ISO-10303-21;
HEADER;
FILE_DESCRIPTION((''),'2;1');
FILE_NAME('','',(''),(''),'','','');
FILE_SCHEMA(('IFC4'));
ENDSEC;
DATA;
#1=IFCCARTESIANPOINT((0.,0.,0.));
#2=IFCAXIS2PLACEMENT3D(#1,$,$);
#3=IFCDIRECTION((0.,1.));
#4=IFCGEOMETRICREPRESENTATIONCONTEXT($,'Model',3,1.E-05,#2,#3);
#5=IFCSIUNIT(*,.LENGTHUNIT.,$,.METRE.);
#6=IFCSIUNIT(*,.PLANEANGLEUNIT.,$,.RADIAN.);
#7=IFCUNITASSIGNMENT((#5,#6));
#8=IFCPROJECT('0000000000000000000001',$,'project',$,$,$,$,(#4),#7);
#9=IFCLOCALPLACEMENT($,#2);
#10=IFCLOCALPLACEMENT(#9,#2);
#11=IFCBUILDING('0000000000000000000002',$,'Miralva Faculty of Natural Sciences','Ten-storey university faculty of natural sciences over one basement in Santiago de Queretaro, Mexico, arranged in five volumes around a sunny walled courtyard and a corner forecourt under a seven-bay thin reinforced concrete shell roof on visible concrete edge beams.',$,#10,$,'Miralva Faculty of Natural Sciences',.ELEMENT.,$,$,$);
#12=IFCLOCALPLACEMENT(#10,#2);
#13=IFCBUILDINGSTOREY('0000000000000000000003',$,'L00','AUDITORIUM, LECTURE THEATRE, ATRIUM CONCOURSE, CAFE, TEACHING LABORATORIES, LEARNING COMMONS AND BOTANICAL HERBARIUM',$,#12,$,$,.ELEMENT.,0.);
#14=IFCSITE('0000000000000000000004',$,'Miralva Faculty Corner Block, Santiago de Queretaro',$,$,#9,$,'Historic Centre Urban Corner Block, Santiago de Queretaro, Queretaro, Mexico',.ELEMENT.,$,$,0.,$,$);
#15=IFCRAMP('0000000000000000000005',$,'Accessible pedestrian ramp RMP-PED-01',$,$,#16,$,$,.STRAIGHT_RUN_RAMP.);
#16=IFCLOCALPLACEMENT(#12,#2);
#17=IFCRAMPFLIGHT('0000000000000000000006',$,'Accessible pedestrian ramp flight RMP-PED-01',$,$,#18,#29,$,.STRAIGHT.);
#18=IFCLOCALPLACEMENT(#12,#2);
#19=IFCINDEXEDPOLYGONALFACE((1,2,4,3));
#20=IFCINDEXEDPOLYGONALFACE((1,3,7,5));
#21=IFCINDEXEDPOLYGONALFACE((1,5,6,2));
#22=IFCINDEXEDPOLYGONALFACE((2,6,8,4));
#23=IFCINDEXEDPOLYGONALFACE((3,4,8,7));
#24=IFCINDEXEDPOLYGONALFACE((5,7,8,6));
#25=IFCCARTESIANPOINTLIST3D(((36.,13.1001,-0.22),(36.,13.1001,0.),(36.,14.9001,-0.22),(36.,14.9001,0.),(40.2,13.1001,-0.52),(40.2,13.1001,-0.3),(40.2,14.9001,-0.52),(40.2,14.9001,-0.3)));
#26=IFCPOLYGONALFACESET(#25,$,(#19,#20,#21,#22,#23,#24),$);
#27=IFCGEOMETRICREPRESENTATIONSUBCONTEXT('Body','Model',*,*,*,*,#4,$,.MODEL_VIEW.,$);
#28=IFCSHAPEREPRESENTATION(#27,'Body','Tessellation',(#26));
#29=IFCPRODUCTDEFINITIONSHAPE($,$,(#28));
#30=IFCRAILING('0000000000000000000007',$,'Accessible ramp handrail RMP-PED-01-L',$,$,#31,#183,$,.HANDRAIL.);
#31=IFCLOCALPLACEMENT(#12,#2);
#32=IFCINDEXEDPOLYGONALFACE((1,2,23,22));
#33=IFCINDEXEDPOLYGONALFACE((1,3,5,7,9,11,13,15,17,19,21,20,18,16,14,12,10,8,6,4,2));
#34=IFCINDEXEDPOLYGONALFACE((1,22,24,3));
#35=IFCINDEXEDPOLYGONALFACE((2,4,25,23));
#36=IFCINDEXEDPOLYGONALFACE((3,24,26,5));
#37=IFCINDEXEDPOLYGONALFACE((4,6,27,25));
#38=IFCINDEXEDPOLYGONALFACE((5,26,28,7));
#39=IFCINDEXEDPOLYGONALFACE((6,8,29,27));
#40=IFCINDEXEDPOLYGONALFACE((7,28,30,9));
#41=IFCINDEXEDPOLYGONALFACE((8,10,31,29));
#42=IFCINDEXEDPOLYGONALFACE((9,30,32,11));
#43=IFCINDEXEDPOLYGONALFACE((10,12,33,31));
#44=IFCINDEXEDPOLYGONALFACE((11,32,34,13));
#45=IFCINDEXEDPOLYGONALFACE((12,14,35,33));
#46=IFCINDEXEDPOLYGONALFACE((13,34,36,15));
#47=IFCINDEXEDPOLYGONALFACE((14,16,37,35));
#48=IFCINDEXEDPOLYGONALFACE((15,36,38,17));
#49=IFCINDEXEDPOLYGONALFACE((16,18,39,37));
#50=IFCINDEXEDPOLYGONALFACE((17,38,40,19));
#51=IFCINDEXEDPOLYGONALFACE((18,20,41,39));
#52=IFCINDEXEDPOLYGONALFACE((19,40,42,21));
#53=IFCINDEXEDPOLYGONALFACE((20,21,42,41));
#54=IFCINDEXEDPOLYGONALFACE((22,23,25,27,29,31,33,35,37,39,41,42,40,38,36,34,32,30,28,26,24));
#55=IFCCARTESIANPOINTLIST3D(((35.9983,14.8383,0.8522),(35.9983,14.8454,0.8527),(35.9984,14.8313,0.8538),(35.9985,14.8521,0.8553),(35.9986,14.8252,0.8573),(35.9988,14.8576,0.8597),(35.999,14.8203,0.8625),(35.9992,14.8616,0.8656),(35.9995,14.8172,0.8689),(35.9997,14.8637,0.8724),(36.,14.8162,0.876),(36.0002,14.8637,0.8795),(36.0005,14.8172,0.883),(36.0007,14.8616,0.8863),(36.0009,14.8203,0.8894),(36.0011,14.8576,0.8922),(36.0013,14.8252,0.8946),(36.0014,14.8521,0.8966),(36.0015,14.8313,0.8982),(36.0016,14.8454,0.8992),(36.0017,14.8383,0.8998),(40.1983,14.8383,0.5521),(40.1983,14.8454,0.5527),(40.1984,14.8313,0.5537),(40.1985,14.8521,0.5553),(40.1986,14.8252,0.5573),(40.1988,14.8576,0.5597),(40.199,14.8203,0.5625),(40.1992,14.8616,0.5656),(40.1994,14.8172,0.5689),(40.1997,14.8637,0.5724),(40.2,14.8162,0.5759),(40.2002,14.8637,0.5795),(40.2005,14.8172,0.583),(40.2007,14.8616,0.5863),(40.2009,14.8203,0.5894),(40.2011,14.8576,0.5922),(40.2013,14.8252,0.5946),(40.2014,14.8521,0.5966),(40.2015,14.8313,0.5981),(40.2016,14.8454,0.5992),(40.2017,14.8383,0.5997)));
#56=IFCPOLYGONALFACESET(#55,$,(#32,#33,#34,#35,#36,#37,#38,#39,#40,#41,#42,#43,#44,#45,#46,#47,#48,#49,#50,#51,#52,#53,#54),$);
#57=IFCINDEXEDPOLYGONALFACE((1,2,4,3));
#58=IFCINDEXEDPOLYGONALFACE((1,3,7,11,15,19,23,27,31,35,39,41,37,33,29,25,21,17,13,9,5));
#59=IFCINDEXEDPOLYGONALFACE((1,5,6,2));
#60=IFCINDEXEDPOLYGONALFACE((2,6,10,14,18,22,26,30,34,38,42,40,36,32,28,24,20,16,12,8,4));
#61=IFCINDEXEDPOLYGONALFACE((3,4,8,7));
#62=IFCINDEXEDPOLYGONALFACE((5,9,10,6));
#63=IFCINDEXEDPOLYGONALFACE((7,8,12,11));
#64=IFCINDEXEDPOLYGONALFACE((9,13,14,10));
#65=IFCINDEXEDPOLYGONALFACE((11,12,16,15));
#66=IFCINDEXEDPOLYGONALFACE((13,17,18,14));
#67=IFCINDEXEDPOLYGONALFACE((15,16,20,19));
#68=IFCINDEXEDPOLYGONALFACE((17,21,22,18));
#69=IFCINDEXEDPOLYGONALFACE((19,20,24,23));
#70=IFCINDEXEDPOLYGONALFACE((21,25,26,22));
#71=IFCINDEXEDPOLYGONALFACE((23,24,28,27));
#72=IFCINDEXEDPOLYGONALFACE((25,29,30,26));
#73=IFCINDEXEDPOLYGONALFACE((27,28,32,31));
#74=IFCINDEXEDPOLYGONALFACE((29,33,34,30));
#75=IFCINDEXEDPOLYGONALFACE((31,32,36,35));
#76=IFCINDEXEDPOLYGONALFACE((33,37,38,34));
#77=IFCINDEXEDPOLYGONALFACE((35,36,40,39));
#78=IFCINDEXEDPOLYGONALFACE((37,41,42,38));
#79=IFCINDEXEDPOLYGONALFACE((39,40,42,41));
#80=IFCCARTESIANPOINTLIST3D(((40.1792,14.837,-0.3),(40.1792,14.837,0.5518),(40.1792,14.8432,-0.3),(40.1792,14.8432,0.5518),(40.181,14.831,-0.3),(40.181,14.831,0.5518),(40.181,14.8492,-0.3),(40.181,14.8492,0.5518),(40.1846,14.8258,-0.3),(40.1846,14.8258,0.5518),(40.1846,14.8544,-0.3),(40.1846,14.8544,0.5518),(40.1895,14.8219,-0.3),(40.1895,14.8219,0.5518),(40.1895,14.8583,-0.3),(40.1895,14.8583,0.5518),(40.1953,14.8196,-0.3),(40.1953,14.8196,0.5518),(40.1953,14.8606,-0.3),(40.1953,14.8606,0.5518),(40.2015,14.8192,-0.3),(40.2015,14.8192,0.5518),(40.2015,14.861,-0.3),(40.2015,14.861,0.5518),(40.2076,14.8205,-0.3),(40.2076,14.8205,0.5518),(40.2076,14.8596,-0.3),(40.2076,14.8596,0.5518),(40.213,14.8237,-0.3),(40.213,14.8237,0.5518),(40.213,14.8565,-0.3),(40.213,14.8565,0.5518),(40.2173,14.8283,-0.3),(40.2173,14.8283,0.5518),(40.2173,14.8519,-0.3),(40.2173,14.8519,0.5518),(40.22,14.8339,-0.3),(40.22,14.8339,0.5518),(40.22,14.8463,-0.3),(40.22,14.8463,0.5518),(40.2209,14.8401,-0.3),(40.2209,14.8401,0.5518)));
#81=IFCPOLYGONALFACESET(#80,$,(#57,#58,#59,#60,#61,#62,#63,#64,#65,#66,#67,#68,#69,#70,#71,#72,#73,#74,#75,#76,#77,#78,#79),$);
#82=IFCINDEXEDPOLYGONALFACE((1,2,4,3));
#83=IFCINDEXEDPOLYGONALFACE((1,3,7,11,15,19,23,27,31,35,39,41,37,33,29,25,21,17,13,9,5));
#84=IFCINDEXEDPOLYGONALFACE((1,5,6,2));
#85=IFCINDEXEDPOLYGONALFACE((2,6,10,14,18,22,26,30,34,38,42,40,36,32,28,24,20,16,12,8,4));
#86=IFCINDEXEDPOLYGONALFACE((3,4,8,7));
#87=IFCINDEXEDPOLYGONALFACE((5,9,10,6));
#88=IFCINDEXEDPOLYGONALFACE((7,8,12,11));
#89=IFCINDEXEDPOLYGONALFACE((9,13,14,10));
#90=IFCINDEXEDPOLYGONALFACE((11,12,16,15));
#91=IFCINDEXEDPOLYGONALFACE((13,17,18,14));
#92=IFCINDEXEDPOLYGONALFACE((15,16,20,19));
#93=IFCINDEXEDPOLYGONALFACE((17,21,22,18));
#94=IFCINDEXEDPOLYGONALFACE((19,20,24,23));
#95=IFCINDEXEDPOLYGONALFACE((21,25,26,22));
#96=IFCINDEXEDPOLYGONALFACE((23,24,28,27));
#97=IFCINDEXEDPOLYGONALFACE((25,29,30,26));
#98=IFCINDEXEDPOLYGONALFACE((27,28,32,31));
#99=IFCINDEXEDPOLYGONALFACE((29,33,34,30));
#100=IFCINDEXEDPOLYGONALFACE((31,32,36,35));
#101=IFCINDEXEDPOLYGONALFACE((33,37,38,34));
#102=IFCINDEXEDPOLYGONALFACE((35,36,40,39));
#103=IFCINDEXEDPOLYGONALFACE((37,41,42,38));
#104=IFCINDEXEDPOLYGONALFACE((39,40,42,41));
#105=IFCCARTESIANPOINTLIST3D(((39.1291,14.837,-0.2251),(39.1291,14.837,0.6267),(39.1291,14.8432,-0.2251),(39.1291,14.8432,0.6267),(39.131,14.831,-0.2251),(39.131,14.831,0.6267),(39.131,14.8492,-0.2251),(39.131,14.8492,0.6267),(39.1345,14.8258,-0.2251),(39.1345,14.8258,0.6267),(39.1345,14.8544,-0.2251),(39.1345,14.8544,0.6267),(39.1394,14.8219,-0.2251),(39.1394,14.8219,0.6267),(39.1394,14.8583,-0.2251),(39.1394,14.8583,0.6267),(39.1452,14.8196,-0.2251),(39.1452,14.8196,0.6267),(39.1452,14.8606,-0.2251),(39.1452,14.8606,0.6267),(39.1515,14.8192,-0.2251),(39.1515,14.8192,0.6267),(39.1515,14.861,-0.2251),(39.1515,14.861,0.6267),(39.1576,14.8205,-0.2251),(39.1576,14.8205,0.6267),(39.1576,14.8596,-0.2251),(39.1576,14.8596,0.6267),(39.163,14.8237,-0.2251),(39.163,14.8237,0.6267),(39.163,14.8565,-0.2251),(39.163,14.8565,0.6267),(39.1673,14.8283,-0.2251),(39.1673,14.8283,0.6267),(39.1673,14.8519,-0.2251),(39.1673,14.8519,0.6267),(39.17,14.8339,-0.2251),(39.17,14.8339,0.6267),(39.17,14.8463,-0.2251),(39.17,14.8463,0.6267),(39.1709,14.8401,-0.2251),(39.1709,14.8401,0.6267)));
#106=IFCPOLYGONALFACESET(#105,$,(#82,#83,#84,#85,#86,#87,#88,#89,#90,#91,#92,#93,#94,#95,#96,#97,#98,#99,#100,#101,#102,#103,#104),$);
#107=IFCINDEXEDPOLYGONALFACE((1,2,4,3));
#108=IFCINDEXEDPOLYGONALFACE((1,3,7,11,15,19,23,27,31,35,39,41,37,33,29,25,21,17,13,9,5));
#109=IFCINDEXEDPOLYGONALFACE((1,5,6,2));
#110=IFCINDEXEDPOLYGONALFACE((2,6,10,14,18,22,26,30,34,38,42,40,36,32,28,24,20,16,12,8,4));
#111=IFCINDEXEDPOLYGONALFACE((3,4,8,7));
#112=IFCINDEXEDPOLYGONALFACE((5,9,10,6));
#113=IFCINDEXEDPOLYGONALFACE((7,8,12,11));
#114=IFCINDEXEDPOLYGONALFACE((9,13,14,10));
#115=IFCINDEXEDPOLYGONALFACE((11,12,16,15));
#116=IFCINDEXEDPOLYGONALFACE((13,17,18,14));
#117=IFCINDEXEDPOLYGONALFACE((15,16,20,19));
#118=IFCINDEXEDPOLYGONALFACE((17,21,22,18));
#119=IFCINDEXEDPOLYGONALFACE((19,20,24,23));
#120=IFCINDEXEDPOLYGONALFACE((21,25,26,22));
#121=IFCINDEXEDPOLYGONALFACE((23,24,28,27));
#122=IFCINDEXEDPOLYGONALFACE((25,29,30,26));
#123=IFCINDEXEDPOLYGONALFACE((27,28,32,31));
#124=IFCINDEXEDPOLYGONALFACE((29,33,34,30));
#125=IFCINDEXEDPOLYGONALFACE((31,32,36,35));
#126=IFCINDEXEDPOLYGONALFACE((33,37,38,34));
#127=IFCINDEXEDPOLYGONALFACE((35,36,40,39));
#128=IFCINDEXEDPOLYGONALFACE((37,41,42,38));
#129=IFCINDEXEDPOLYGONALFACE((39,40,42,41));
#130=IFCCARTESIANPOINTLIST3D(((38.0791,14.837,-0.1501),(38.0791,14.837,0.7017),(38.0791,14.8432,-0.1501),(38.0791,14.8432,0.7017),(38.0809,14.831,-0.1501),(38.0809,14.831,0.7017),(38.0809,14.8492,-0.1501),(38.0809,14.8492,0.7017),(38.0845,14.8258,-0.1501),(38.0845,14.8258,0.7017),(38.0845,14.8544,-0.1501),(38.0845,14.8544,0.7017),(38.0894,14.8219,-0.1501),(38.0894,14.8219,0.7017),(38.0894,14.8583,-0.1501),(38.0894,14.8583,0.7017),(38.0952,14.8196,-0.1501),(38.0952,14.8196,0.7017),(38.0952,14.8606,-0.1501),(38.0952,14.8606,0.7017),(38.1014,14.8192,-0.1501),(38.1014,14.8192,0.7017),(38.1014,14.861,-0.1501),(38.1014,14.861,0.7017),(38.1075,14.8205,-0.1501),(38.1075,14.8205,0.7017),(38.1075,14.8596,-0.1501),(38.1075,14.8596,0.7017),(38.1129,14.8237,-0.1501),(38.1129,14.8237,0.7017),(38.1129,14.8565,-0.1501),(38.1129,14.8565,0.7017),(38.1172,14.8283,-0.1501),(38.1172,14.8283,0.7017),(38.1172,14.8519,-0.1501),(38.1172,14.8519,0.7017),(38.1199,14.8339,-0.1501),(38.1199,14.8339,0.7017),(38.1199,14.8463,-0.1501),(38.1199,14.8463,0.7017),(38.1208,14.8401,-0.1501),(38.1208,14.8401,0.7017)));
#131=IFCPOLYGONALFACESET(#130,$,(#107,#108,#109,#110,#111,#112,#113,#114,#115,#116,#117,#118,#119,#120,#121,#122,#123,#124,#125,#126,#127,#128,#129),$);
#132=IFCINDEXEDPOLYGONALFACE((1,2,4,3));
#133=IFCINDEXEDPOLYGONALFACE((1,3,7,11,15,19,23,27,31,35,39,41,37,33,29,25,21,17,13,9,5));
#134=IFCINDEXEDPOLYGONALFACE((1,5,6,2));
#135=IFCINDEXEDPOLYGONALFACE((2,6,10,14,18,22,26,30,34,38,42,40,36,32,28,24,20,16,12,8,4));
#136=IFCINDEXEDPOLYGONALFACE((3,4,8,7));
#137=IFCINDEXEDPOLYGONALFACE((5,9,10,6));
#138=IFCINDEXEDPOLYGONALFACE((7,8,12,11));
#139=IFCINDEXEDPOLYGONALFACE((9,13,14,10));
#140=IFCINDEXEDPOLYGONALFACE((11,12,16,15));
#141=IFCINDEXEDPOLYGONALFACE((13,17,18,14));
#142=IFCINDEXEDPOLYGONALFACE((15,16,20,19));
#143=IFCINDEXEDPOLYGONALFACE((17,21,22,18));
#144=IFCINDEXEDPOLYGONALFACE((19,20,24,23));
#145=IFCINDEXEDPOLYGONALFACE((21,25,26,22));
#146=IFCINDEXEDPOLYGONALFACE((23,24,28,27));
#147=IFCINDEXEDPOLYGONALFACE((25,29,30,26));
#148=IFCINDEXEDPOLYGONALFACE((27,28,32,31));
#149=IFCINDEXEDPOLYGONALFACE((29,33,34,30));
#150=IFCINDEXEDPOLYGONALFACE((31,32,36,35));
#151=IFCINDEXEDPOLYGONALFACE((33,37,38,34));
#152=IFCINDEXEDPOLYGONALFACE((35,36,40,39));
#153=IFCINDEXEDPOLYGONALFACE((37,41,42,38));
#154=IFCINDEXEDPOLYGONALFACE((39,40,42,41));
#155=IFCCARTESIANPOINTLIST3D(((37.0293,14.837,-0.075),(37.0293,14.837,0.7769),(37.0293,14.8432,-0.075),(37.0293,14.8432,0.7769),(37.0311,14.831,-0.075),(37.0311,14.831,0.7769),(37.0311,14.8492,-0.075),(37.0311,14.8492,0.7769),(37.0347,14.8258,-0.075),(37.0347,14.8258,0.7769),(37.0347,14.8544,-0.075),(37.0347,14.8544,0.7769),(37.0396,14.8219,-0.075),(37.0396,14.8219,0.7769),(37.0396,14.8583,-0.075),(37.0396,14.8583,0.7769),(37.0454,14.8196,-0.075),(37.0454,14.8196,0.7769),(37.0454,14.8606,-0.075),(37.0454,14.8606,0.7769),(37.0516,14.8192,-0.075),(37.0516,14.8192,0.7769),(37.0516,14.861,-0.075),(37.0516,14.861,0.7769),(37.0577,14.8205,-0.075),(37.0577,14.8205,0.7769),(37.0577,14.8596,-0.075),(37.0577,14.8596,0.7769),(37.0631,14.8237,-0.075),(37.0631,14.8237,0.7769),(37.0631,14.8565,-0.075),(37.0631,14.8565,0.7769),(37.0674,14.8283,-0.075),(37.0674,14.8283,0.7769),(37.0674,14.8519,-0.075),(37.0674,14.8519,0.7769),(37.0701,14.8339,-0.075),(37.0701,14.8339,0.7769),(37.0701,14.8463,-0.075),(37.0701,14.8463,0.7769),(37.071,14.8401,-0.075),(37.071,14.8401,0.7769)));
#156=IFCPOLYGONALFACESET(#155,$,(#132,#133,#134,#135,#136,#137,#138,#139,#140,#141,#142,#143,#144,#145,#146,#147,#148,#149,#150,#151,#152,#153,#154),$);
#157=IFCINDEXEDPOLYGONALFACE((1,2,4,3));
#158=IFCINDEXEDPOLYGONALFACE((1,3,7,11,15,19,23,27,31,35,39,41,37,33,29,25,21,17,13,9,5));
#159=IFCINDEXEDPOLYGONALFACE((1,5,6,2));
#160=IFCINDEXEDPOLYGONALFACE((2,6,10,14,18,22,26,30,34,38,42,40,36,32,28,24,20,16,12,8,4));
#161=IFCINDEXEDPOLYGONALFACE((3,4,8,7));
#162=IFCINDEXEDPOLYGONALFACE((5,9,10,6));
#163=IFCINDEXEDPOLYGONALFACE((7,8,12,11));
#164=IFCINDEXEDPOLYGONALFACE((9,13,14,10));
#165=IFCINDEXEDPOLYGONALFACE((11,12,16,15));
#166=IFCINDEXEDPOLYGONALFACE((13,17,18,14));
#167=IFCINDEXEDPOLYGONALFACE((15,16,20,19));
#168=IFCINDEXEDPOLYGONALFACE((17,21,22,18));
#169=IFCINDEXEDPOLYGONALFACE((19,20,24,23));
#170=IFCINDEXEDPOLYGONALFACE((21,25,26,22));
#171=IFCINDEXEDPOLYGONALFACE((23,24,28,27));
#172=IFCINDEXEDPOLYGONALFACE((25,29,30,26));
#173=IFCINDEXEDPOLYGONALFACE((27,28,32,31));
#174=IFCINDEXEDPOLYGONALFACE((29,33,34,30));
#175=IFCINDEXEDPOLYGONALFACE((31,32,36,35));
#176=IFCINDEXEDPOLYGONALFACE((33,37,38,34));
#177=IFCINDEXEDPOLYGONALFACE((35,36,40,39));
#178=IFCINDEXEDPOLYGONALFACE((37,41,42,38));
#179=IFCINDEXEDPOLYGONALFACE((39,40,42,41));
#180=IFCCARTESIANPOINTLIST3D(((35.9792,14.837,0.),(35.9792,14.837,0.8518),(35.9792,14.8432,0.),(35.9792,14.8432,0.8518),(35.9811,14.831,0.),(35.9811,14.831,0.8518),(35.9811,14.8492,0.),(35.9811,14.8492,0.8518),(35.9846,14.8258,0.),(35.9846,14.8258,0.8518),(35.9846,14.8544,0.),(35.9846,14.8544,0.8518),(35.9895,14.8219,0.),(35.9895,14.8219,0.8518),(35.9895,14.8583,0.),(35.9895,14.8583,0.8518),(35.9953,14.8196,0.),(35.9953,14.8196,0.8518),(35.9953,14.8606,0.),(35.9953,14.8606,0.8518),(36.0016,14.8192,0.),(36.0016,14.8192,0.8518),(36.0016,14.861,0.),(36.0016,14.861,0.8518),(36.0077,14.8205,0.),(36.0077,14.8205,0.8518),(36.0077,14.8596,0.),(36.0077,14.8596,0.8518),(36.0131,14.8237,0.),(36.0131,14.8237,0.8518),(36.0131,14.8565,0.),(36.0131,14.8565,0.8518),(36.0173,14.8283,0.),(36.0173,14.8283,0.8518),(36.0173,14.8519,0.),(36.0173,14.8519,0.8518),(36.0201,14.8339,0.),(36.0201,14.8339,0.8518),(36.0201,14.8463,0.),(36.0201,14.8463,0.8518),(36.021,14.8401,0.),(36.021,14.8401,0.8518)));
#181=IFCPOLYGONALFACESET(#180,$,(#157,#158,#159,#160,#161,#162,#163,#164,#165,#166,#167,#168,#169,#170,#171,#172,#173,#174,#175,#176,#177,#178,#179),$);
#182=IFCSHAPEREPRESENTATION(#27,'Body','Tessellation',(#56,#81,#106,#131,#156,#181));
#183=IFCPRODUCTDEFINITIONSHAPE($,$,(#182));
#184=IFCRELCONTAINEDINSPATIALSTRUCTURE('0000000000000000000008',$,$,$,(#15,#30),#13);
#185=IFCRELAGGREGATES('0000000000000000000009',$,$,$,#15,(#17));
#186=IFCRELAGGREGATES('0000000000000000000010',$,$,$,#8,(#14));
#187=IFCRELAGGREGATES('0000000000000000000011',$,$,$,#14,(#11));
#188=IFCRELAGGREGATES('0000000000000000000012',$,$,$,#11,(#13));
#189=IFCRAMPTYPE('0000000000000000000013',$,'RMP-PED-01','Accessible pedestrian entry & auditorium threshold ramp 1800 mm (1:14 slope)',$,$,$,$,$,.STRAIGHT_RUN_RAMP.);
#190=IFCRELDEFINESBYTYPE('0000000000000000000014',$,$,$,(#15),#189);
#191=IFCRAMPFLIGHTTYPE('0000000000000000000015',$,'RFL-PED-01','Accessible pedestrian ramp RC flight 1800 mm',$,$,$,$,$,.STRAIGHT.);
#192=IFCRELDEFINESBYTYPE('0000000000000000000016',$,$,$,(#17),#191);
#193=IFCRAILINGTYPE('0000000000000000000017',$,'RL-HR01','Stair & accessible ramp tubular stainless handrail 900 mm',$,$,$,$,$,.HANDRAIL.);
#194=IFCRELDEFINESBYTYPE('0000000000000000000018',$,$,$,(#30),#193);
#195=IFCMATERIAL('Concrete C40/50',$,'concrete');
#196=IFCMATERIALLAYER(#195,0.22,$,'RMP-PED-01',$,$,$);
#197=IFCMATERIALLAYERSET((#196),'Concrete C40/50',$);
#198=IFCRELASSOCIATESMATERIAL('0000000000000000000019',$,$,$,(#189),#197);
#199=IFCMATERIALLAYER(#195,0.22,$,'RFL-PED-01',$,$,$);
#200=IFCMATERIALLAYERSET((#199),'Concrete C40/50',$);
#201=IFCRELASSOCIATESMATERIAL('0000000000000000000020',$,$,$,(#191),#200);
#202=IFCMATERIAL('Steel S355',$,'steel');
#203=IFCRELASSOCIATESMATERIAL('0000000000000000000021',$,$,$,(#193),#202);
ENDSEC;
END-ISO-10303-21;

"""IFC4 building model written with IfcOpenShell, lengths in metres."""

from ifc_helpers import new_model, si_unit, direction, frame, origin, origin_2d, place, context, subcontext, project, spatial, polyline, circle, outline, extrude, material, layer, layer_set, type_object, element, aggregate, save


model = new_model("IFC4")

# Units and contexts
model_context = context("Model", 3, precision=1e-05, world=origin(), true_north=direction((0.0, 1.0)))
body_context = subcontext(model_context, "Body", "Model", "MODEL_VIEW")
ifc_project = project(units=[si_unit("LENGTHUNIT", "METRE"), si_unit("PLANEANGLEUNIT", "RADIAN")], contexts=[model_context])

# Site, building, storey
site_placement = place(None, origin())
site = spatial("IfcSite", under=ifc_project, at=site_placement, Name="Miralva Faculty Corner Block, Santiago de Queretaro", LongName="Historic Centre Urban Corner Block, Santiago de Queretaro, Queretaro, Mexico", CompositionType="ELEMENT", RefElevation=0.0)
building_placement = place(site_placement, origin())
building = spatial("IfcBuilding", under=site, at=building_placement, Name="Miralva Faculty of Natural Sciences", Description="Ten-storey university faculty of natural sciences over one basement in Santiago de Queretaro, Mexico, arranged in five volumes around a sunny walled courtyard and a corner forecourt under a seven-bay thin reinforced concrete shell roof on visible concrete edge beams.", LongName="Miralva Faculty of Natural Sciences", CompositionType="ELEMENT")
storey_placement = place(building_placement, origin())
storey = spatial("IfcBuildingStorey", under=building, at=storey_placement, Name="L00", Description="AUDITORIUM, LECTURE THEATRE, ATRIUM CONCOURSE, CAFE, TEACHING LABORATORIES, LEARNING COMMONS AND BOTANICAL HERBARIUM", CompositionType="ELEMENT", Elevation=0.0)

# Shared definitions
ifc_material_1 = material(Name="Concrete C40/50", Category="concrete")
ifc_material_2 = material(Name="Steel S355", Category="steel")

# Ramp, ramp flight
ifc_layer_1 = layer(ifc_material_1, 0.22, Name="RMP-PED-01")
ifc_layer_set_1 = layer_set([ifc_layer_1], Name="Concrete C40/50")
ramp_type = type_object("IfcRampType", Name="RMP-PED-01", Description="Accessible pedestrian entry & auditorium threshold ramp 1800 mm (1:14 slope)", PredefinedType="STRAIGHT_RUN_RAMP", material=ifc_layer_set_1)
ramp_placement = place(storey_placement, origin())
ramp = element("IfcRamp", 1, at=ramp_placement, inside=storey, type_object=ramp_type, Name="Accessible pedestrian ramp RMP-PED-01", PredefinedType="STRAIGHT_RUN_RAMP")
ifc_layer_2 = layer(ifc_material_1, 0.22, Name="RFL-PED-01")
ifc_layer_set_2 = layer_set([ifc_layer_2], Name="Concrete C40/50")
ramp_flight_type = type_object("IfcRampFlightType", Name="RFL-PED-01", Description="Accessible pedestrian ramp RC flight 1800 mm", PredefinedType="STRAIGHT", material=ifc_layer_set_2)
ramp_flight_placement = place(storey_placement, frame((40.2, 14.0, -0.3), z_axis=(0.0, 0.0, 1.0), x_axis=(-1.0, 0.0, 0.0)))
ramp_flight = element("IfcRampFlight", 2, at=ramp_flight_placement, type_object=ramp_flight_type, Name="Accessible pedestrian ramp flight RMP-PED-01", PredefinedType="STRAIGHT", context=body_context, shape_type="SweptSolid", body=[
    extrude(outline(polyline([(0.0, -0.22), (4.2, 0.0801), (4.2, 0.3), (0.0, 0.0), (0.0, -0.22)])), frame((0.0, 0.8999, 0.0), z_axis=(0.0, -1.0, 0.0), x_axis=(1.0, 0.0, 0.0)), (0.0, 0.0, 1.0), 1.8),
])
aggregate(ramp, [ramp_flight])

# Railing
railing_type = type_object("IfcRailingType", Name="RL-HR01", Description="Stair & accessible ramp tubular stainless handrail 900 mm", PredefinedType="HANDRAIL", material=ifc_material_2)
for number, where, name in (
    (3, (40.2, 14.8401, -0.3), "Accessible ramp handrail RMP-PED-01-L"),
):
    element("IfcRailing", number, at=place(storey_placement, frame(where)), inside=storey, type_object=railing_type, Name=name, PredefinedType="HANDRAIL", context=body_context, shape_type="SweptSolid", body=[
        extrude(circle(Radius=0.0239, at=origin_2d()), frame((0.0, 0.0, 0.876), z_axis=(-0.997458, 0.0, 0.071259), x_axis=(0.0, -1.0, 0.0)), (0.0, 0.0, 1.0), 4.2107),
        extrude(circle(Radius=0.021, at=origin_2d()), origin(), (0.0, 0.0, 1.0), 0.8518),
        extrude(circle(Radius=0.021, at=origin_2d()), frame((-1.05, 0.0, 0.075)), (0.0, 0.0, 1.0), 0.8518),
        extrude(circle(Radius=0.021, at=origin_2d()), frame((-2.1001, 0.0, 0.1499)), (0.0, 0.0, 1.0), 0.8518),
        extrude(circle(Radius=0.021, at=origin_2d()), frame((-3.1499, 0.0, 0.2251)), (0.0, 0.0, 1.0), 0.8518),
        extrude(circle(Radius=0.021, at=origin_2d()), frame((-4.2, 0.0, 0.3)), (0.0, 0.0, 1.0), 0.8518),
    ])

save(model, "model.ifc")
